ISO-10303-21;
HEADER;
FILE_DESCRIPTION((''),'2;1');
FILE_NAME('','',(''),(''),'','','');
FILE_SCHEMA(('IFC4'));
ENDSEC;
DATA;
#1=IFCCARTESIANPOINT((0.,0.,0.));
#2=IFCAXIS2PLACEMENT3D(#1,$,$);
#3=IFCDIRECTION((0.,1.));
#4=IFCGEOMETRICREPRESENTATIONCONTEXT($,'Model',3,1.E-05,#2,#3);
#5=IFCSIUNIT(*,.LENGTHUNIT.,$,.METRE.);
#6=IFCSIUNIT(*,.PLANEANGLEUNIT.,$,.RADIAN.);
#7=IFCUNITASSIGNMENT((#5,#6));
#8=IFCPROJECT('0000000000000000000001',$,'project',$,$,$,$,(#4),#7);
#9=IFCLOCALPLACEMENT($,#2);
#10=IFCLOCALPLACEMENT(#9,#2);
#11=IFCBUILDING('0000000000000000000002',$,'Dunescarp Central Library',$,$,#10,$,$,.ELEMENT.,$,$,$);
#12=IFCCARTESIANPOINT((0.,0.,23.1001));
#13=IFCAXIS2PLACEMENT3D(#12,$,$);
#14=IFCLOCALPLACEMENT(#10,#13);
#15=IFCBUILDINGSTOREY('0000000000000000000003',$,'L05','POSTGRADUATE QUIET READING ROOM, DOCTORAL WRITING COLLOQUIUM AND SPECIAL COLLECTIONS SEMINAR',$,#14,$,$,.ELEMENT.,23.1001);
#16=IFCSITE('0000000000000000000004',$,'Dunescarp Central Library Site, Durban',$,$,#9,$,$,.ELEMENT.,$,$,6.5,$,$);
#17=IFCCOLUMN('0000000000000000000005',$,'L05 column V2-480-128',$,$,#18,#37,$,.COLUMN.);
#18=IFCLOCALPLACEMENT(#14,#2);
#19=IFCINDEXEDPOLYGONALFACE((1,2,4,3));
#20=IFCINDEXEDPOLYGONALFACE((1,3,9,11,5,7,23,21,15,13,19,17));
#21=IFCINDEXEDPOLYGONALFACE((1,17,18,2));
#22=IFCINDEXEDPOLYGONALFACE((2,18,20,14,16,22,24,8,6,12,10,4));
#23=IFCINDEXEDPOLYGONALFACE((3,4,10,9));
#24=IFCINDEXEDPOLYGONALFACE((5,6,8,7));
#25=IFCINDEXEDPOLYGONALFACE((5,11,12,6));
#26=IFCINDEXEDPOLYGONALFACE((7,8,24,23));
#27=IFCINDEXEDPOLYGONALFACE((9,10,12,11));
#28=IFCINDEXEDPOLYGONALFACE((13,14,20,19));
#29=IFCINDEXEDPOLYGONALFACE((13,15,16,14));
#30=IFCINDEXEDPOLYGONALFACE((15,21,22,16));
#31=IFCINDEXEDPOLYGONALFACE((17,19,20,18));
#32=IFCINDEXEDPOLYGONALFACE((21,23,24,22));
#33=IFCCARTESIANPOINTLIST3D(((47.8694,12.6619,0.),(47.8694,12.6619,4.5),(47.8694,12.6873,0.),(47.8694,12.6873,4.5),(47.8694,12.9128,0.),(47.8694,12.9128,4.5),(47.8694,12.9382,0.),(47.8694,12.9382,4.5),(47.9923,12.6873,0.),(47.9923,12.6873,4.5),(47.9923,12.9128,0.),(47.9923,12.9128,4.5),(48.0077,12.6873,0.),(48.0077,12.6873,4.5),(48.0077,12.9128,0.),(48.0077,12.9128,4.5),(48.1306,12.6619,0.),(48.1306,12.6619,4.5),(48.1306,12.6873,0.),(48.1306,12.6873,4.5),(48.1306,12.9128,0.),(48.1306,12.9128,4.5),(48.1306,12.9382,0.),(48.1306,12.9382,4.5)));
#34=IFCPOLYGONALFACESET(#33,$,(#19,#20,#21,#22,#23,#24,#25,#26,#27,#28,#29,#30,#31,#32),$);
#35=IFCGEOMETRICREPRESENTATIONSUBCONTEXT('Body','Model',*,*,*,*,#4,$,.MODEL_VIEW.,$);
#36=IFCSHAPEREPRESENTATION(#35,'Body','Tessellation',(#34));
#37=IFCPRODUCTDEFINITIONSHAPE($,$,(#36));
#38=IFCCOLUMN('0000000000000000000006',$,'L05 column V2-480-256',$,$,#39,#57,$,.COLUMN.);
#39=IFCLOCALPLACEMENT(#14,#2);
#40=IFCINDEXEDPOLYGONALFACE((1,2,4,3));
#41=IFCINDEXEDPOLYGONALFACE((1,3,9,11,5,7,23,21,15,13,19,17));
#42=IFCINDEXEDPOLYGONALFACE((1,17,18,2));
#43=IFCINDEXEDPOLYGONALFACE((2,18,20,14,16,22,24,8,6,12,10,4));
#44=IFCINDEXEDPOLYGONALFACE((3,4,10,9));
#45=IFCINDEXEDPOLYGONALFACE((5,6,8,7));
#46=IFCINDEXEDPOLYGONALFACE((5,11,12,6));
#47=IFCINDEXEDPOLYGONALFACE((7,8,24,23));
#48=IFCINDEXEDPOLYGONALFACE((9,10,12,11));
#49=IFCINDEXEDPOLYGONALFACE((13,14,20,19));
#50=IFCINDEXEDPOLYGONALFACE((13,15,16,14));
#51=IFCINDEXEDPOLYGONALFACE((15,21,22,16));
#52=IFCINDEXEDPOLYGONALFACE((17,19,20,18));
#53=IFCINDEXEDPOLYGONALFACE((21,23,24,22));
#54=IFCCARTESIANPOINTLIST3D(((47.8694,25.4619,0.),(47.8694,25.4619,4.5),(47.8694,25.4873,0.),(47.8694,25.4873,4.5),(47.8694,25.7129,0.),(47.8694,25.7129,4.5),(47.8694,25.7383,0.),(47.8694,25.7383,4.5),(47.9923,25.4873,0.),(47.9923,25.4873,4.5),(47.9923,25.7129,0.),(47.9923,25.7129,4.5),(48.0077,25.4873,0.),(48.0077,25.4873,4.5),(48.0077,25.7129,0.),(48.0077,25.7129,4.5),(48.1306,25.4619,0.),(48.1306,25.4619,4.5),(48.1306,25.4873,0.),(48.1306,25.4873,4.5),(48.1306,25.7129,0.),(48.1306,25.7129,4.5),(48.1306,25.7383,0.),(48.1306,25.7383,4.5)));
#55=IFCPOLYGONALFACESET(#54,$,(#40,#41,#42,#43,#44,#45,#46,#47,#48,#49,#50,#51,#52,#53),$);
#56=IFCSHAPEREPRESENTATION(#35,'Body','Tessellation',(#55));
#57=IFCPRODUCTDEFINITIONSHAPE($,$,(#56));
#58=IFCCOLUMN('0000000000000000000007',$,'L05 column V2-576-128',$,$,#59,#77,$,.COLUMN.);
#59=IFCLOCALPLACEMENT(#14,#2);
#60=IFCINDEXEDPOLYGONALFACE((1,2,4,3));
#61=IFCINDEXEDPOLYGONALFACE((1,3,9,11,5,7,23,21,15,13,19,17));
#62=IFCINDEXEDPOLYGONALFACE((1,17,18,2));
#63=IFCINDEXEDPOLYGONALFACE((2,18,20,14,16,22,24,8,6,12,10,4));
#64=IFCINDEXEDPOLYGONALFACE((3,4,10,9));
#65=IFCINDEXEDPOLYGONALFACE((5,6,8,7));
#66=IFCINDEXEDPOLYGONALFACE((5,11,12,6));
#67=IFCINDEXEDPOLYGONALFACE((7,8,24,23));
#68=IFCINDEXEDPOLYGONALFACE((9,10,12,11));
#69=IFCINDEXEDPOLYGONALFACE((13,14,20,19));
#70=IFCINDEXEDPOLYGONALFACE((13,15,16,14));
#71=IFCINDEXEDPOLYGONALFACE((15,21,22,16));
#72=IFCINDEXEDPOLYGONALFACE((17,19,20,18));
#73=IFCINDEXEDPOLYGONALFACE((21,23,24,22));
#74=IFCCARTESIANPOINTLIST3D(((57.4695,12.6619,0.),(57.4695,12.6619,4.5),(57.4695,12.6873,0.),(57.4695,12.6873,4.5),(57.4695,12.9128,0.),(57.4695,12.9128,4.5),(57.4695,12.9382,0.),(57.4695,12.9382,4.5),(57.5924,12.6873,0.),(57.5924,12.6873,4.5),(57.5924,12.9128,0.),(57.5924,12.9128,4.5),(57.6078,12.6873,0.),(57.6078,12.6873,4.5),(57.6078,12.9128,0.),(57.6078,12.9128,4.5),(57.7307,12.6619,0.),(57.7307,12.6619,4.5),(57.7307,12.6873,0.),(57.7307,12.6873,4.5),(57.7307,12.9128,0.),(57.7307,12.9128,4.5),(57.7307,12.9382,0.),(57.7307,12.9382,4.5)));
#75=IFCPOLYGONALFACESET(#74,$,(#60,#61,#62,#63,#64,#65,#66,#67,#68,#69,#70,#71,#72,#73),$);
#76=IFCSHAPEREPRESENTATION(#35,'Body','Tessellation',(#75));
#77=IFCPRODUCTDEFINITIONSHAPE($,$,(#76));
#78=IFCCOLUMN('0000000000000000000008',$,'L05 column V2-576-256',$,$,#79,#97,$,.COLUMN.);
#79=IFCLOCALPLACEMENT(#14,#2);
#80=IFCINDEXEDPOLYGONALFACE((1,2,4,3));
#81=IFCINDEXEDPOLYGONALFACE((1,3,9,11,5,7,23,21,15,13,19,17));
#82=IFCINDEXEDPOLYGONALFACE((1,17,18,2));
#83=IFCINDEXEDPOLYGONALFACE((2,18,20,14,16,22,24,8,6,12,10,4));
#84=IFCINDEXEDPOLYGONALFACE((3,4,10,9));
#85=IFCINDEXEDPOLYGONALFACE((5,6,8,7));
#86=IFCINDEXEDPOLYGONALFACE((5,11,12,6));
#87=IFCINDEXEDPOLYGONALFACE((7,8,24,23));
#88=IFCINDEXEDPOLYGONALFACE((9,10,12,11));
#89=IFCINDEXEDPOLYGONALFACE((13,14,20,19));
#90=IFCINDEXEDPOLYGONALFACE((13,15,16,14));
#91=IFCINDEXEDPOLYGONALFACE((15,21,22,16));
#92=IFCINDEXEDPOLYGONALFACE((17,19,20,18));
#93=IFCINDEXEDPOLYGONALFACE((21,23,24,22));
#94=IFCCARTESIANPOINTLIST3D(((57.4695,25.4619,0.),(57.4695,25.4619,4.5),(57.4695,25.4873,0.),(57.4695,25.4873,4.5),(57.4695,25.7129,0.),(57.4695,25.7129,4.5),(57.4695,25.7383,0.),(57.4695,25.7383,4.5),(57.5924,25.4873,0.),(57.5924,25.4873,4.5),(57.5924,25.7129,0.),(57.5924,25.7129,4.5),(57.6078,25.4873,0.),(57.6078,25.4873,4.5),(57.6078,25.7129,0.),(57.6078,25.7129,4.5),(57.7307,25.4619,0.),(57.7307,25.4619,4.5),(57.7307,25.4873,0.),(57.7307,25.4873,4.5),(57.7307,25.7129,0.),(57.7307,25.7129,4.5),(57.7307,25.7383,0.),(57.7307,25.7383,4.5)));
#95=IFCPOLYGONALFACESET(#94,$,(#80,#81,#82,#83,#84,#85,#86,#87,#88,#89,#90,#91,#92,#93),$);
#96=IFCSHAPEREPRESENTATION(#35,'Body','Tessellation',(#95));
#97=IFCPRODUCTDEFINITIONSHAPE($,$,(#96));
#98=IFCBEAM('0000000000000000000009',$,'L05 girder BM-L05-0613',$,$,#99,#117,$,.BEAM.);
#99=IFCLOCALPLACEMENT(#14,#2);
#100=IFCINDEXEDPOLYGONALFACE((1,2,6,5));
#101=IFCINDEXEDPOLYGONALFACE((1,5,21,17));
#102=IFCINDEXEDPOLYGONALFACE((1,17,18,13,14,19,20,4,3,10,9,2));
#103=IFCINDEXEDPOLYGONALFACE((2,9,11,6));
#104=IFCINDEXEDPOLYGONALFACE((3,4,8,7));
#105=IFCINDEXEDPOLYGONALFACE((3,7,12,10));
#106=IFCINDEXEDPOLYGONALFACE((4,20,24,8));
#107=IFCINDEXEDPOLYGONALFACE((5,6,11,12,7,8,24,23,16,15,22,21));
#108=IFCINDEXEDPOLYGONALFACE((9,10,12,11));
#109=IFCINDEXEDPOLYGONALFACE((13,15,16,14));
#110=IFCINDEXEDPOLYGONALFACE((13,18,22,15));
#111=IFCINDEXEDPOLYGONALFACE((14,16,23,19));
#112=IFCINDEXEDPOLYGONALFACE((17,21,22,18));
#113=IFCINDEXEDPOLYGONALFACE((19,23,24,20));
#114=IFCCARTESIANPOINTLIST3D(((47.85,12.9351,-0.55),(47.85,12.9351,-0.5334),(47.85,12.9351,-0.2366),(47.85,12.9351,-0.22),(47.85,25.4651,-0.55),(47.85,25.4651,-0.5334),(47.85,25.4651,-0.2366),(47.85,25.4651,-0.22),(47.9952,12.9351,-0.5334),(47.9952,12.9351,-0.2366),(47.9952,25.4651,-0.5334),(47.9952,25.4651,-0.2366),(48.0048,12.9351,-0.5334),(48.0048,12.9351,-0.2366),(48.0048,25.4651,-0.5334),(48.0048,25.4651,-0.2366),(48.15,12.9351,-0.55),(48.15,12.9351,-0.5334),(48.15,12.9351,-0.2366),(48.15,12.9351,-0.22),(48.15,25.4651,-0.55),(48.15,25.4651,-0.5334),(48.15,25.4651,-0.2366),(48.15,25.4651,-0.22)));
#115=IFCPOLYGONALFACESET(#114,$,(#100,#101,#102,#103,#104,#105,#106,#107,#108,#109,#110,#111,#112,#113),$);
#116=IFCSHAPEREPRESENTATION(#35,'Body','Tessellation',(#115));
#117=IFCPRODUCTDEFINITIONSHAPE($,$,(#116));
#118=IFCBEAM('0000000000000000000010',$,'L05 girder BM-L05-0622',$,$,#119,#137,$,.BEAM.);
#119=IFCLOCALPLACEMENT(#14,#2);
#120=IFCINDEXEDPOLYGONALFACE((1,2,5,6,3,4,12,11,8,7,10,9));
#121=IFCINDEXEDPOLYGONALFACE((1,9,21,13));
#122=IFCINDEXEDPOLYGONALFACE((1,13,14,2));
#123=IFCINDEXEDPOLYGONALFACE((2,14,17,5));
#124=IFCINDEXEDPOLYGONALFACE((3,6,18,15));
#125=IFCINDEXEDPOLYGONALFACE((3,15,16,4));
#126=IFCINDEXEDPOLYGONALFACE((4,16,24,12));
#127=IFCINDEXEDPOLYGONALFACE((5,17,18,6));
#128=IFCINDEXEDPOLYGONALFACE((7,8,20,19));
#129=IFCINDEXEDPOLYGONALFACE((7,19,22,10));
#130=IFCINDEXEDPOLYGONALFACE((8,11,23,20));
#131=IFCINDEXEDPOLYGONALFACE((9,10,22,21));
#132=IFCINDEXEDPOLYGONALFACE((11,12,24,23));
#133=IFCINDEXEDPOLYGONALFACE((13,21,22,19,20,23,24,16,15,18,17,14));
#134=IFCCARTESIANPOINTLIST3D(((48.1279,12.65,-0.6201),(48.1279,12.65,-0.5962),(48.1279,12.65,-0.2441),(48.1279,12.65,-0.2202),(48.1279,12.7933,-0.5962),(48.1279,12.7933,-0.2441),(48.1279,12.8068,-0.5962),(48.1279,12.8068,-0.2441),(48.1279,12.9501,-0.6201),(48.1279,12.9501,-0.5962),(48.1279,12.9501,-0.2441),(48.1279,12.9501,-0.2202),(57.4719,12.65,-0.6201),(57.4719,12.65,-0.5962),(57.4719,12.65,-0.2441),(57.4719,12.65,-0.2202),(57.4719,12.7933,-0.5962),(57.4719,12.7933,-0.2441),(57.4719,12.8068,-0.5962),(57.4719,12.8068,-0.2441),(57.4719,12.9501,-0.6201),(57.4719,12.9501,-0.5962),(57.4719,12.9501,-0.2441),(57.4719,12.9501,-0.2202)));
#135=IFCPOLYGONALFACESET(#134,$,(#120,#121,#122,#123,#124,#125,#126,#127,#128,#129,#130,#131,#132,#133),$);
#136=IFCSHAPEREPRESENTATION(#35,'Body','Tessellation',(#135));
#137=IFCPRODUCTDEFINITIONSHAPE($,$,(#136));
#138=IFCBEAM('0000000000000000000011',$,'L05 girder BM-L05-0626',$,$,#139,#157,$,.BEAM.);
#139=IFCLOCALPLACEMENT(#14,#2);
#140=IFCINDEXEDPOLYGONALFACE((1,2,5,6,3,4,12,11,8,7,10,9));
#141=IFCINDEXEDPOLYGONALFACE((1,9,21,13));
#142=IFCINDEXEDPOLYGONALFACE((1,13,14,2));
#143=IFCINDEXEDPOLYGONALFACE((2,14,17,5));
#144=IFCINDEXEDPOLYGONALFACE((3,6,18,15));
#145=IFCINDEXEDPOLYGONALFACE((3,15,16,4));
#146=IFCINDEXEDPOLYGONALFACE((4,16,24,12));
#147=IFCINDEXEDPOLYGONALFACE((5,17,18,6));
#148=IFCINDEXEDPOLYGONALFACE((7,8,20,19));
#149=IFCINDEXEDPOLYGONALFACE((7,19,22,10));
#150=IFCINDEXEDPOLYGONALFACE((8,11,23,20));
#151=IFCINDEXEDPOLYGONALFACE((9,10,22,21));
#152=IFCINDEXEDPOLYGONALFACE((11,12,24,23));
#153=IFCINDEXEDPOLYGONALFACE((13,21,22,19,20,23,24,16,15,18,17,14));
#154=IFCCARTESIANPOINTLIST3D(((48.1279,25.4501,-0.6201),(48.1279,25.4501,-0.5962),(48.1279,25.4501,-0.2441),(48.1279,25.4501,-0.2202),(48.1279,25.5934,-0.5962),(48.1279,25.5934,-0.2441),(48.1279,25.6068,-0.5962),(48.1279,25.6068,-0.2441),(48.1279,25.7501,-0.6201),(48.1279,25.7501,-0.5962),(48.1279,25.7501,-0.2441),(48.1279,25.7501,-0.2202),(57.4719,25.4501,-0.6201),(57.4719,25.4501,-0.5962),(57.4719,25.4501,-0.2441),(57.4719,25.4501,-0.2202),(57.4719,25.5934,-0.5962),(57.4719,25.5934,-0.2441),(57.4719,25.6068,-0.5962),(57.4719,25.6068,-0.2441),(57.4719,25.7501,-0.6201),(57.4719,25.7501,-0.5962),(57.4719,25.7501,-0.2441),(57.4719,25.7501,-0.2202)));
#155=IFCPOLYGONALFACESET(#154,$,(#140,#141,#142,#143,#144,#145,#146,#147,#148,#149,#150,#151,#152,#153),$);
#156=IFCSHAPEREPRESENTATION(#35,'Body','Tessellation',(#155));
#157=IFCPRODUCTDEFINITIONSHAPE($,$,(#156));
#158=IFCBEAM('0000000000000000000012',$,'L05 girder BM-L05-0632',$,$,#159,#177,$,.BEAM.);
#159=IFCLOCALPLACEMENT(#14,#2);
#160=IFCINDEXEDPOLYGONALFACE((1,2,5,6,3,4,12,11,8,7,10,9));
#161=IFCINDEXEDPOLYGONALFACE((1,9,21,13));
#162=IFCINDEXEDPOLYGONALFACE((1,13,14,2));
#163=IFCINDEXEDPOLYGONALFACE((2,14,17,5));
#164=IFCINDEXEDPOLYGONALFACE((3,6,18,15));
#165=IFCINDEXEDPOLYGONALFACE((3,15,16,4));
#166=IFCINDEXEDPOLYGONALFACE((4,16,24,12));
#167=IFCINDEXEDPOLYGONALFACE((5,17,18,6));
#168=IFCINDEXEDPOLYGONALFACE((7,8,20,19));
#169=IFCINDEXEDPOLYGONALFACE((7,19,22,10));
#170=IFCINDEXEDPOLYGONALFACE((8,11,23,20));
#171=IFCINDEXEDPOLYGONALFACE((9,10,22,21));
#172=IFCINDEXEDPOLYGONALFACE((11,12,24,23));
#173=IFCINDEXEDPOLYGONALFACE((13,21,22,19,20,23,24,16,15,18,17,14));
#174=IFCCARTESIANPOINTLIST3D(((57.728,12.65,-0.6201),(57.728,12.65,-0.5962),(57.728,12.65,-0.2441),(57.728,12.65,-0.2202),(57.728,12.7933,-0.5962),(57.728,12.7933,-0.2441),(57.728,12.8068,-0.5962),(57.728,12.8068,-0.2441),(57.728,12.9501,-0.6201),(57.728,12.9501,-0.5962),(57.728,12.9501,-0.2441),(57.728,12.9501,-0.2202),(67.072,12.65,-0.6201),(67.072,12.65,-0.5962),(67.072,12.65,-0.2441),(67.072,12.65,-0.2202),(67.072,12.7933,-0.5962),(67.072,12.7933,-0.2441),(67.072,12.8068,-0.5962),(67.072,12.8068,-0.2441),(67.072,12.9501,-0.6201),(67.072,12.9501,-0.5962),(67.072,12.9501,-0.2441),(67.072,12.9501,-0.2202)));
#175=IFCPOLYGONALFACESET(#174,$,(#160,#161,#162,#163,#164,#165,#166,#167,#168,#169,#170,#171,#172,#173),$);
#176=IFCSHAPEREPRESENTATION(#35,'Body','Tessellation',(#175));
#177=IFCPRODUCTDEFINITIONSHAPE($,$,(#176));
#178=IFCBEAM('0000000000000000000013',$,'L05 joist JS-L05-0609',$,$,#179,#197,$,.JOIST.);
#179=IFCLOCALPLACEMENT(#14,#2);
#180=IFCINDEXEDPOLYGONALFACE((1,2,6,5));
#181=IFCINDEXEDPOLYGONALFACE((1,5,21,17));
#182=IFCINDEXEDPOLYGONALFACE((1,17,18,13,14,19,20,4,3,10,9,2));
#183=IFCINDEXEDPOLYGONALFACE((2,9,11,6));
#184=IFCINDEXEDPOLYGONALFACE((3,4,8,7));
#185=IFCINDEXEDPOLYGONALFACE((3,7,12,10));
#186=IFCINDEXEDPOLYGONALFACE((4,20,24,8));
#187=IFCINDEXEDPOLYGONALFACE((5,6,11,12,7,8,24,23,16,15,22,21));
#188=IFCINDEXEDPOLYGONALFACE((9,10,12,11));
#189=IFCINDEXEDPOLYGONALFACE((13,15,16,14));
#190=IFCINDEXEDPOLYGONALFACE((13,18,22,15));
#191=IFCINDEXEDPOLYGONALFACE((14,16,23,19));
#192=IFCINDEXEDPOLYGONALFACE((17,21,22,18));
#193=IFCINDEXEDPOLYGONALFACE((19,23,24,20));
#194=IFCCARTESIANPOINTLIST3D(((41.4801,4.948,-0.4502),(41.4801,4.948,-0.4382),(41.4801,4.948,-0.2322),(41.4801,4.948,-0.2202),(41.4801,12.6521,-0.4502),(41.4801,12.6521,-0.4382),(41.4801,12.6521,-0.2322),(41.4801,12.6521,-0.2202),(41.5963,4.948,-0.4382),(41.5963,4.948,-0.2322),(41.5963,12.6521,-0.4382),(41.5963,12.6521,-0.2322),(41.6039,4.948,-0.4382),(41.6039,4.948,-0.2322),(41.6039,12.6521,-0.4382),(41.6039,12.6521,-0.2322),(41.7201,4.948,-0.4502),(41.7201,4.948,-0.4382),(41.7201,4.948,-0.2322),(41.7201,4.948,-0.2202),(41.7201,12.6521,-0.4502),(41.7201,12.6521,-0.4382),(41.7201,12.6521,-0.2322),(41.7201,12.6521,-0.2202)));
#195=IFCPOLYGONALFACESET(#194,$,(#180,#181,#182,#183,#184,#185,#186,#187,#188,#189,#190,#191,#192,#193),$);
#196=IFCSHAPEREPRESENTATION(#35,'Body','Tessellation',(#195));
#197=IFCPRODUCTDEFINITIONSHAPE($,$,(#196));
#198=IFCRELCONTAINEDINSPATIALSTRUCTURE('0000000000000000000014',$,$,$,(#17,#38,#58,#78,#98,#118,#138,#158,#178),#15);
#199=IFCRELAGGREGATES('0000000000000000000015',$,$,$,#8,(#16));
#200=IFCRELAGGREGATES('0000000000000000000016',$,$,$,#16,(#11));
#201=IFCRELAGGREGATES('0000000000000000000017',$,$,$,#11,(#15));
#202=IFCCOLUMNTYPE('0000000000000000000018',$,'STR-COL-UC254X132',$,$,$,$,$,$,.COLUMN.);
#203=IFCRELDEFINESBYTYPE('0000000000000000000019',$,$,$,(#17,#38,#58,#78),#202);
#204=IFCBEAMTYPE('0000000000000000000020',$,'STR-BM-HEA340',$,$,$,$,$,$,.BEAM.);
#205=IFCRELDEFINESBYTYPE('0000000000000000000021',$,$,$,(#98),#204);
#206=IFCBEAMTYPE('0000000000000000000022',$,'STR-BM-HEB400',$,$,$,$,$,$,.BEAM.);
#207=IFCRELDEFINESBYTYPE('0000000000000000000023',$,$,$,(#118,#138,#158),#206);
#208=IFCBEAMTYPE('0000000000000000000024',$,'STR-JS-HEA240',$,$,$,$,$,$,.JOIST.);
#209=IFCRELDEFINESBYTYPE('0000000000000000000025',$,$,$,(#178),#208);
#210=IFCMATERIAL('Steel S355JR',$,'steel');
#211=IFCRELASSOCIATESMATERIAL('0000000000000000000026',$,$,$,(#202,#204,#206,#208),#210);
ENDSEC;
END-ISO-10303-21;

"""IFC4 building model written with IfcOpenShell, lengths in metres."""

from ifc_helpers import new_model, si_unit, direction, frame, origin, origin_2d, place, context, subcontext, project, spatial, i_section, extrude, material, material_profile, profile_set, type_object, element, save


model = new_model("IFC4")

# Units and contexts
model_context = context("Model", 3, precision=1e-05, world=origin(), true_north=direction((0.0, 1.0)))
body_context = subcontext(model_context, "Body", "Model", "MODEL_VIEW")
ifc_project = project(units=[si_unit("LENGTHUNIT", "METRE"), si_unit("PLANEANGLEUNIT", "RADIAN")], contexts=[model_context])

# Site, building, storey
site_placement = place(None, origin())
site = spatial("IfcSite", under=ifc_project, at=site_placement, Name="Dunescarp Central Library Site, Durban", CompositionType="ELEMENT", RefElevation=6.5)
building_placement = place(site_placement, origin())
building = spatial("IfcBuilding", under=site, at=building_placement, Name="Dunescarp Central Library", CompositionType="ELEMENT")
storey_placement = place(building_placement, frame((0.0, 0.0, 23.1001)))
storey = spatial("IfcBuildingStorey", under=building, at=storey_placement, Name="L05", Description="POSTGRADUATE QUIET READING ROOM, DOCTORAL WRITING COLLOQUIUM AND SPECIAL COLLECTIONS SEMINAR", CompositionType="ELEMENT", Elevation=23.1001)

# Columns
ifc_material_1 = material(Name="Steel S355JR", Category="steel")
ifc_material_profile_1 = material_profile(ifc_material_1, i_section(OverallWidth=0.2612, OverallDepth=0.2764, WebThickness=0.0154, FlangeThickness=0.0254, at=origin_2d()), Name="UC 254x254x132")
ifc_profile_set_1 = profile_set([ifc_material_profile_1], Name="Steel S355JR")
column_type = type_object("IfcColumnType", Name="STR-COL-UC254X132", PredefinedType="COLUMN", material=ifc_profile_set_1)
for number, where, z_axis, x_axis, name in (
    (1, (48.0, 12.8, 0.0), (0.0, 0.0, 1.0), (1.0, 0.0, 0.0), "L05 column V2-480-128"),
    (2, (48.0, 25.6001, 0.0), (0.0, 0.0, 1.0), (1.0, 0.0, 0.0), "L05 column V2-480-256"),
    (3, (57.6001, 12.8, 0.0), (0.0, 0.0, 1.0), (1.0, 0.0, 0.0), "L05 column V2-576-128"),
    (4, (57.6001, 25.6001, 0.0), (0.0, 0.0, 1.0), (1.0, 0.0, 0.0), "L05 column V2-576-256"),
):
    element("IfcColumn", number, at=place(storey_placement, frame(where, z_axis=z_axis, x_axis=x_axis)), inside=storey, type_object=column_type, Name=name, PredefinedType="COLUMN", context=body_context, shape_type="SweptSolid", body=[
        extrude(i_section(OverallWidth=0.2612, OverallDepth=0.2764, WebThickness=0.0154, FlangeThickness=0.0254, at=origin_2d()), origin(), (0.0, 0.0, 1.0), 4.5),
    ])

# Beams
ifc_material_profile_2 = material_profile(ifc_material_1, i_section(OverallWidth=0.3, OverallDepth=0.3301, WebThickness=0.0095, FlangeThickness=0.0166, at=origin_2d()), Name="HEA 340")
ifc_profile_set_2 = profile_set([ifc_material_profile_2], Name="Steel S355JR")
beam_type_1 = type_object("IfcBeamType", Name="STR-BM-HEA340", PredefinedType="BEAM", material=ifc_profile_set_2)
beam_placement = place(storey_placement, frame((48.0, 12.9351, -0.385), z_axis=(0.0, 1.0, 0.0), x_axis=(-1.0, 0.0, 0.0)))
element("IfcBeam", 5, at=beam_placement, inside=storey, type_object=beam_type_1, Name="L05 girder BM-L05-0613", PredefinedType="BEAM", context=body_context, shape_type="SweptSolid", body=[
    extrude(i_section(OverallWidth=0.3, OverallDepth=0.3301, WebThickness=0.0095, FlangeThickness=0.0166, at=origin_2d()), origin(), (0.0, 0.0, 1.0), 12.53),
])
ifc_material_profile_3 = material_profile(ifc_material_1, i_section(OverallWidth=0.3, OverallDepth=0.3999, WebThickness=0.0134, FlangeThickness=0.0239, at=origin_2d()), Name="HEB 400")
ifc_profile_set_3 = profile_set([ifc_material_profile_3], Name="Steel S355JR")
beam_type_2 = type_object("IfcBeamType", Name="STR-BM-HEB400", PredefinedType="BEAM", material=ifc_profile_set_3)
for number, where, z_axis, x_axis, name in (
    (6, (48.1279, 12.8, -0.4202), (1.0, 0.0, 0.0), (0.0, 1.0, 0.0), "L05 girder BM-L05-0622"),
    (7, (48.1279, 25.6001, -0.4202), (1.0, 0.0, 0.0), (0.0, 1.0, 0.0), "L05 girder BM-L05-0626"),
    (8, (57.728, 12.8, -0.4202), (1.0, 0.0, 0.0), (0.0, 1.0, 0.0), "L05 girder BM-L05-0632"),
):
    element("IfcBeam", number, at=place(storey_placement, frame(where, z_axis=z_axis, x_axis=x_axis)), inside=storey, type_object=beam_type_2, Name=name, PredefinedType="BEAM", context=body_context, shape_type="SweptSolid", body=[
        extrude(i_section(OverallWidth=0.3, OverallDepth=0.3999, WebThickness=0.0134, FlangeThickness=0.0239, at=origin_2d()), origin(), (0.0, 0.0, 1.0), 9.344),
    ])
ifc_material_profile_4 = material_profile(ifc_material_1, i_section(OverallWidth=0.24, OverallDepth=0.23, WebThickness=0.0076, FlangeThickness=0.012, at=origin_2d()), Name="HEA 240")
ifc_profile_set_4 = profile_set([ifc_material_profile_4], Name="Steel S355JR")
beam_type_3 = type_object("IfcBeamType", Name="STR-JS-HEA240", PredefinedType="JOIST", material=ifc_profile_set_4)
for number, where, z_axis, x_axis, name in (
    (9, (41.6001, 4.948, -0.3352), (0.0, 1.0, 0.0), (-1.0, 0.0, 0.0), "L05 joist JS-L05-0609"),
):
    element("IfcBeam", number, at=place(storey_placement, frame(where, z_axis=z_axis, x_axis=x_axis)), inside=storey, type_object=beam_type_3, Name=name, PredefinedType="JOIST", context=body_context, shape_type="SweptSolid", body=[
        extrude(i_section(OverallWidth=0.24, OverallDepth=0.23, WebThickness=0.0076, FlangeThickness=0.012, at=origin_2d()), origin(), (0.0, 0.0, 1.0), 7.7041),
    ])

save(model, "model.ifc")
